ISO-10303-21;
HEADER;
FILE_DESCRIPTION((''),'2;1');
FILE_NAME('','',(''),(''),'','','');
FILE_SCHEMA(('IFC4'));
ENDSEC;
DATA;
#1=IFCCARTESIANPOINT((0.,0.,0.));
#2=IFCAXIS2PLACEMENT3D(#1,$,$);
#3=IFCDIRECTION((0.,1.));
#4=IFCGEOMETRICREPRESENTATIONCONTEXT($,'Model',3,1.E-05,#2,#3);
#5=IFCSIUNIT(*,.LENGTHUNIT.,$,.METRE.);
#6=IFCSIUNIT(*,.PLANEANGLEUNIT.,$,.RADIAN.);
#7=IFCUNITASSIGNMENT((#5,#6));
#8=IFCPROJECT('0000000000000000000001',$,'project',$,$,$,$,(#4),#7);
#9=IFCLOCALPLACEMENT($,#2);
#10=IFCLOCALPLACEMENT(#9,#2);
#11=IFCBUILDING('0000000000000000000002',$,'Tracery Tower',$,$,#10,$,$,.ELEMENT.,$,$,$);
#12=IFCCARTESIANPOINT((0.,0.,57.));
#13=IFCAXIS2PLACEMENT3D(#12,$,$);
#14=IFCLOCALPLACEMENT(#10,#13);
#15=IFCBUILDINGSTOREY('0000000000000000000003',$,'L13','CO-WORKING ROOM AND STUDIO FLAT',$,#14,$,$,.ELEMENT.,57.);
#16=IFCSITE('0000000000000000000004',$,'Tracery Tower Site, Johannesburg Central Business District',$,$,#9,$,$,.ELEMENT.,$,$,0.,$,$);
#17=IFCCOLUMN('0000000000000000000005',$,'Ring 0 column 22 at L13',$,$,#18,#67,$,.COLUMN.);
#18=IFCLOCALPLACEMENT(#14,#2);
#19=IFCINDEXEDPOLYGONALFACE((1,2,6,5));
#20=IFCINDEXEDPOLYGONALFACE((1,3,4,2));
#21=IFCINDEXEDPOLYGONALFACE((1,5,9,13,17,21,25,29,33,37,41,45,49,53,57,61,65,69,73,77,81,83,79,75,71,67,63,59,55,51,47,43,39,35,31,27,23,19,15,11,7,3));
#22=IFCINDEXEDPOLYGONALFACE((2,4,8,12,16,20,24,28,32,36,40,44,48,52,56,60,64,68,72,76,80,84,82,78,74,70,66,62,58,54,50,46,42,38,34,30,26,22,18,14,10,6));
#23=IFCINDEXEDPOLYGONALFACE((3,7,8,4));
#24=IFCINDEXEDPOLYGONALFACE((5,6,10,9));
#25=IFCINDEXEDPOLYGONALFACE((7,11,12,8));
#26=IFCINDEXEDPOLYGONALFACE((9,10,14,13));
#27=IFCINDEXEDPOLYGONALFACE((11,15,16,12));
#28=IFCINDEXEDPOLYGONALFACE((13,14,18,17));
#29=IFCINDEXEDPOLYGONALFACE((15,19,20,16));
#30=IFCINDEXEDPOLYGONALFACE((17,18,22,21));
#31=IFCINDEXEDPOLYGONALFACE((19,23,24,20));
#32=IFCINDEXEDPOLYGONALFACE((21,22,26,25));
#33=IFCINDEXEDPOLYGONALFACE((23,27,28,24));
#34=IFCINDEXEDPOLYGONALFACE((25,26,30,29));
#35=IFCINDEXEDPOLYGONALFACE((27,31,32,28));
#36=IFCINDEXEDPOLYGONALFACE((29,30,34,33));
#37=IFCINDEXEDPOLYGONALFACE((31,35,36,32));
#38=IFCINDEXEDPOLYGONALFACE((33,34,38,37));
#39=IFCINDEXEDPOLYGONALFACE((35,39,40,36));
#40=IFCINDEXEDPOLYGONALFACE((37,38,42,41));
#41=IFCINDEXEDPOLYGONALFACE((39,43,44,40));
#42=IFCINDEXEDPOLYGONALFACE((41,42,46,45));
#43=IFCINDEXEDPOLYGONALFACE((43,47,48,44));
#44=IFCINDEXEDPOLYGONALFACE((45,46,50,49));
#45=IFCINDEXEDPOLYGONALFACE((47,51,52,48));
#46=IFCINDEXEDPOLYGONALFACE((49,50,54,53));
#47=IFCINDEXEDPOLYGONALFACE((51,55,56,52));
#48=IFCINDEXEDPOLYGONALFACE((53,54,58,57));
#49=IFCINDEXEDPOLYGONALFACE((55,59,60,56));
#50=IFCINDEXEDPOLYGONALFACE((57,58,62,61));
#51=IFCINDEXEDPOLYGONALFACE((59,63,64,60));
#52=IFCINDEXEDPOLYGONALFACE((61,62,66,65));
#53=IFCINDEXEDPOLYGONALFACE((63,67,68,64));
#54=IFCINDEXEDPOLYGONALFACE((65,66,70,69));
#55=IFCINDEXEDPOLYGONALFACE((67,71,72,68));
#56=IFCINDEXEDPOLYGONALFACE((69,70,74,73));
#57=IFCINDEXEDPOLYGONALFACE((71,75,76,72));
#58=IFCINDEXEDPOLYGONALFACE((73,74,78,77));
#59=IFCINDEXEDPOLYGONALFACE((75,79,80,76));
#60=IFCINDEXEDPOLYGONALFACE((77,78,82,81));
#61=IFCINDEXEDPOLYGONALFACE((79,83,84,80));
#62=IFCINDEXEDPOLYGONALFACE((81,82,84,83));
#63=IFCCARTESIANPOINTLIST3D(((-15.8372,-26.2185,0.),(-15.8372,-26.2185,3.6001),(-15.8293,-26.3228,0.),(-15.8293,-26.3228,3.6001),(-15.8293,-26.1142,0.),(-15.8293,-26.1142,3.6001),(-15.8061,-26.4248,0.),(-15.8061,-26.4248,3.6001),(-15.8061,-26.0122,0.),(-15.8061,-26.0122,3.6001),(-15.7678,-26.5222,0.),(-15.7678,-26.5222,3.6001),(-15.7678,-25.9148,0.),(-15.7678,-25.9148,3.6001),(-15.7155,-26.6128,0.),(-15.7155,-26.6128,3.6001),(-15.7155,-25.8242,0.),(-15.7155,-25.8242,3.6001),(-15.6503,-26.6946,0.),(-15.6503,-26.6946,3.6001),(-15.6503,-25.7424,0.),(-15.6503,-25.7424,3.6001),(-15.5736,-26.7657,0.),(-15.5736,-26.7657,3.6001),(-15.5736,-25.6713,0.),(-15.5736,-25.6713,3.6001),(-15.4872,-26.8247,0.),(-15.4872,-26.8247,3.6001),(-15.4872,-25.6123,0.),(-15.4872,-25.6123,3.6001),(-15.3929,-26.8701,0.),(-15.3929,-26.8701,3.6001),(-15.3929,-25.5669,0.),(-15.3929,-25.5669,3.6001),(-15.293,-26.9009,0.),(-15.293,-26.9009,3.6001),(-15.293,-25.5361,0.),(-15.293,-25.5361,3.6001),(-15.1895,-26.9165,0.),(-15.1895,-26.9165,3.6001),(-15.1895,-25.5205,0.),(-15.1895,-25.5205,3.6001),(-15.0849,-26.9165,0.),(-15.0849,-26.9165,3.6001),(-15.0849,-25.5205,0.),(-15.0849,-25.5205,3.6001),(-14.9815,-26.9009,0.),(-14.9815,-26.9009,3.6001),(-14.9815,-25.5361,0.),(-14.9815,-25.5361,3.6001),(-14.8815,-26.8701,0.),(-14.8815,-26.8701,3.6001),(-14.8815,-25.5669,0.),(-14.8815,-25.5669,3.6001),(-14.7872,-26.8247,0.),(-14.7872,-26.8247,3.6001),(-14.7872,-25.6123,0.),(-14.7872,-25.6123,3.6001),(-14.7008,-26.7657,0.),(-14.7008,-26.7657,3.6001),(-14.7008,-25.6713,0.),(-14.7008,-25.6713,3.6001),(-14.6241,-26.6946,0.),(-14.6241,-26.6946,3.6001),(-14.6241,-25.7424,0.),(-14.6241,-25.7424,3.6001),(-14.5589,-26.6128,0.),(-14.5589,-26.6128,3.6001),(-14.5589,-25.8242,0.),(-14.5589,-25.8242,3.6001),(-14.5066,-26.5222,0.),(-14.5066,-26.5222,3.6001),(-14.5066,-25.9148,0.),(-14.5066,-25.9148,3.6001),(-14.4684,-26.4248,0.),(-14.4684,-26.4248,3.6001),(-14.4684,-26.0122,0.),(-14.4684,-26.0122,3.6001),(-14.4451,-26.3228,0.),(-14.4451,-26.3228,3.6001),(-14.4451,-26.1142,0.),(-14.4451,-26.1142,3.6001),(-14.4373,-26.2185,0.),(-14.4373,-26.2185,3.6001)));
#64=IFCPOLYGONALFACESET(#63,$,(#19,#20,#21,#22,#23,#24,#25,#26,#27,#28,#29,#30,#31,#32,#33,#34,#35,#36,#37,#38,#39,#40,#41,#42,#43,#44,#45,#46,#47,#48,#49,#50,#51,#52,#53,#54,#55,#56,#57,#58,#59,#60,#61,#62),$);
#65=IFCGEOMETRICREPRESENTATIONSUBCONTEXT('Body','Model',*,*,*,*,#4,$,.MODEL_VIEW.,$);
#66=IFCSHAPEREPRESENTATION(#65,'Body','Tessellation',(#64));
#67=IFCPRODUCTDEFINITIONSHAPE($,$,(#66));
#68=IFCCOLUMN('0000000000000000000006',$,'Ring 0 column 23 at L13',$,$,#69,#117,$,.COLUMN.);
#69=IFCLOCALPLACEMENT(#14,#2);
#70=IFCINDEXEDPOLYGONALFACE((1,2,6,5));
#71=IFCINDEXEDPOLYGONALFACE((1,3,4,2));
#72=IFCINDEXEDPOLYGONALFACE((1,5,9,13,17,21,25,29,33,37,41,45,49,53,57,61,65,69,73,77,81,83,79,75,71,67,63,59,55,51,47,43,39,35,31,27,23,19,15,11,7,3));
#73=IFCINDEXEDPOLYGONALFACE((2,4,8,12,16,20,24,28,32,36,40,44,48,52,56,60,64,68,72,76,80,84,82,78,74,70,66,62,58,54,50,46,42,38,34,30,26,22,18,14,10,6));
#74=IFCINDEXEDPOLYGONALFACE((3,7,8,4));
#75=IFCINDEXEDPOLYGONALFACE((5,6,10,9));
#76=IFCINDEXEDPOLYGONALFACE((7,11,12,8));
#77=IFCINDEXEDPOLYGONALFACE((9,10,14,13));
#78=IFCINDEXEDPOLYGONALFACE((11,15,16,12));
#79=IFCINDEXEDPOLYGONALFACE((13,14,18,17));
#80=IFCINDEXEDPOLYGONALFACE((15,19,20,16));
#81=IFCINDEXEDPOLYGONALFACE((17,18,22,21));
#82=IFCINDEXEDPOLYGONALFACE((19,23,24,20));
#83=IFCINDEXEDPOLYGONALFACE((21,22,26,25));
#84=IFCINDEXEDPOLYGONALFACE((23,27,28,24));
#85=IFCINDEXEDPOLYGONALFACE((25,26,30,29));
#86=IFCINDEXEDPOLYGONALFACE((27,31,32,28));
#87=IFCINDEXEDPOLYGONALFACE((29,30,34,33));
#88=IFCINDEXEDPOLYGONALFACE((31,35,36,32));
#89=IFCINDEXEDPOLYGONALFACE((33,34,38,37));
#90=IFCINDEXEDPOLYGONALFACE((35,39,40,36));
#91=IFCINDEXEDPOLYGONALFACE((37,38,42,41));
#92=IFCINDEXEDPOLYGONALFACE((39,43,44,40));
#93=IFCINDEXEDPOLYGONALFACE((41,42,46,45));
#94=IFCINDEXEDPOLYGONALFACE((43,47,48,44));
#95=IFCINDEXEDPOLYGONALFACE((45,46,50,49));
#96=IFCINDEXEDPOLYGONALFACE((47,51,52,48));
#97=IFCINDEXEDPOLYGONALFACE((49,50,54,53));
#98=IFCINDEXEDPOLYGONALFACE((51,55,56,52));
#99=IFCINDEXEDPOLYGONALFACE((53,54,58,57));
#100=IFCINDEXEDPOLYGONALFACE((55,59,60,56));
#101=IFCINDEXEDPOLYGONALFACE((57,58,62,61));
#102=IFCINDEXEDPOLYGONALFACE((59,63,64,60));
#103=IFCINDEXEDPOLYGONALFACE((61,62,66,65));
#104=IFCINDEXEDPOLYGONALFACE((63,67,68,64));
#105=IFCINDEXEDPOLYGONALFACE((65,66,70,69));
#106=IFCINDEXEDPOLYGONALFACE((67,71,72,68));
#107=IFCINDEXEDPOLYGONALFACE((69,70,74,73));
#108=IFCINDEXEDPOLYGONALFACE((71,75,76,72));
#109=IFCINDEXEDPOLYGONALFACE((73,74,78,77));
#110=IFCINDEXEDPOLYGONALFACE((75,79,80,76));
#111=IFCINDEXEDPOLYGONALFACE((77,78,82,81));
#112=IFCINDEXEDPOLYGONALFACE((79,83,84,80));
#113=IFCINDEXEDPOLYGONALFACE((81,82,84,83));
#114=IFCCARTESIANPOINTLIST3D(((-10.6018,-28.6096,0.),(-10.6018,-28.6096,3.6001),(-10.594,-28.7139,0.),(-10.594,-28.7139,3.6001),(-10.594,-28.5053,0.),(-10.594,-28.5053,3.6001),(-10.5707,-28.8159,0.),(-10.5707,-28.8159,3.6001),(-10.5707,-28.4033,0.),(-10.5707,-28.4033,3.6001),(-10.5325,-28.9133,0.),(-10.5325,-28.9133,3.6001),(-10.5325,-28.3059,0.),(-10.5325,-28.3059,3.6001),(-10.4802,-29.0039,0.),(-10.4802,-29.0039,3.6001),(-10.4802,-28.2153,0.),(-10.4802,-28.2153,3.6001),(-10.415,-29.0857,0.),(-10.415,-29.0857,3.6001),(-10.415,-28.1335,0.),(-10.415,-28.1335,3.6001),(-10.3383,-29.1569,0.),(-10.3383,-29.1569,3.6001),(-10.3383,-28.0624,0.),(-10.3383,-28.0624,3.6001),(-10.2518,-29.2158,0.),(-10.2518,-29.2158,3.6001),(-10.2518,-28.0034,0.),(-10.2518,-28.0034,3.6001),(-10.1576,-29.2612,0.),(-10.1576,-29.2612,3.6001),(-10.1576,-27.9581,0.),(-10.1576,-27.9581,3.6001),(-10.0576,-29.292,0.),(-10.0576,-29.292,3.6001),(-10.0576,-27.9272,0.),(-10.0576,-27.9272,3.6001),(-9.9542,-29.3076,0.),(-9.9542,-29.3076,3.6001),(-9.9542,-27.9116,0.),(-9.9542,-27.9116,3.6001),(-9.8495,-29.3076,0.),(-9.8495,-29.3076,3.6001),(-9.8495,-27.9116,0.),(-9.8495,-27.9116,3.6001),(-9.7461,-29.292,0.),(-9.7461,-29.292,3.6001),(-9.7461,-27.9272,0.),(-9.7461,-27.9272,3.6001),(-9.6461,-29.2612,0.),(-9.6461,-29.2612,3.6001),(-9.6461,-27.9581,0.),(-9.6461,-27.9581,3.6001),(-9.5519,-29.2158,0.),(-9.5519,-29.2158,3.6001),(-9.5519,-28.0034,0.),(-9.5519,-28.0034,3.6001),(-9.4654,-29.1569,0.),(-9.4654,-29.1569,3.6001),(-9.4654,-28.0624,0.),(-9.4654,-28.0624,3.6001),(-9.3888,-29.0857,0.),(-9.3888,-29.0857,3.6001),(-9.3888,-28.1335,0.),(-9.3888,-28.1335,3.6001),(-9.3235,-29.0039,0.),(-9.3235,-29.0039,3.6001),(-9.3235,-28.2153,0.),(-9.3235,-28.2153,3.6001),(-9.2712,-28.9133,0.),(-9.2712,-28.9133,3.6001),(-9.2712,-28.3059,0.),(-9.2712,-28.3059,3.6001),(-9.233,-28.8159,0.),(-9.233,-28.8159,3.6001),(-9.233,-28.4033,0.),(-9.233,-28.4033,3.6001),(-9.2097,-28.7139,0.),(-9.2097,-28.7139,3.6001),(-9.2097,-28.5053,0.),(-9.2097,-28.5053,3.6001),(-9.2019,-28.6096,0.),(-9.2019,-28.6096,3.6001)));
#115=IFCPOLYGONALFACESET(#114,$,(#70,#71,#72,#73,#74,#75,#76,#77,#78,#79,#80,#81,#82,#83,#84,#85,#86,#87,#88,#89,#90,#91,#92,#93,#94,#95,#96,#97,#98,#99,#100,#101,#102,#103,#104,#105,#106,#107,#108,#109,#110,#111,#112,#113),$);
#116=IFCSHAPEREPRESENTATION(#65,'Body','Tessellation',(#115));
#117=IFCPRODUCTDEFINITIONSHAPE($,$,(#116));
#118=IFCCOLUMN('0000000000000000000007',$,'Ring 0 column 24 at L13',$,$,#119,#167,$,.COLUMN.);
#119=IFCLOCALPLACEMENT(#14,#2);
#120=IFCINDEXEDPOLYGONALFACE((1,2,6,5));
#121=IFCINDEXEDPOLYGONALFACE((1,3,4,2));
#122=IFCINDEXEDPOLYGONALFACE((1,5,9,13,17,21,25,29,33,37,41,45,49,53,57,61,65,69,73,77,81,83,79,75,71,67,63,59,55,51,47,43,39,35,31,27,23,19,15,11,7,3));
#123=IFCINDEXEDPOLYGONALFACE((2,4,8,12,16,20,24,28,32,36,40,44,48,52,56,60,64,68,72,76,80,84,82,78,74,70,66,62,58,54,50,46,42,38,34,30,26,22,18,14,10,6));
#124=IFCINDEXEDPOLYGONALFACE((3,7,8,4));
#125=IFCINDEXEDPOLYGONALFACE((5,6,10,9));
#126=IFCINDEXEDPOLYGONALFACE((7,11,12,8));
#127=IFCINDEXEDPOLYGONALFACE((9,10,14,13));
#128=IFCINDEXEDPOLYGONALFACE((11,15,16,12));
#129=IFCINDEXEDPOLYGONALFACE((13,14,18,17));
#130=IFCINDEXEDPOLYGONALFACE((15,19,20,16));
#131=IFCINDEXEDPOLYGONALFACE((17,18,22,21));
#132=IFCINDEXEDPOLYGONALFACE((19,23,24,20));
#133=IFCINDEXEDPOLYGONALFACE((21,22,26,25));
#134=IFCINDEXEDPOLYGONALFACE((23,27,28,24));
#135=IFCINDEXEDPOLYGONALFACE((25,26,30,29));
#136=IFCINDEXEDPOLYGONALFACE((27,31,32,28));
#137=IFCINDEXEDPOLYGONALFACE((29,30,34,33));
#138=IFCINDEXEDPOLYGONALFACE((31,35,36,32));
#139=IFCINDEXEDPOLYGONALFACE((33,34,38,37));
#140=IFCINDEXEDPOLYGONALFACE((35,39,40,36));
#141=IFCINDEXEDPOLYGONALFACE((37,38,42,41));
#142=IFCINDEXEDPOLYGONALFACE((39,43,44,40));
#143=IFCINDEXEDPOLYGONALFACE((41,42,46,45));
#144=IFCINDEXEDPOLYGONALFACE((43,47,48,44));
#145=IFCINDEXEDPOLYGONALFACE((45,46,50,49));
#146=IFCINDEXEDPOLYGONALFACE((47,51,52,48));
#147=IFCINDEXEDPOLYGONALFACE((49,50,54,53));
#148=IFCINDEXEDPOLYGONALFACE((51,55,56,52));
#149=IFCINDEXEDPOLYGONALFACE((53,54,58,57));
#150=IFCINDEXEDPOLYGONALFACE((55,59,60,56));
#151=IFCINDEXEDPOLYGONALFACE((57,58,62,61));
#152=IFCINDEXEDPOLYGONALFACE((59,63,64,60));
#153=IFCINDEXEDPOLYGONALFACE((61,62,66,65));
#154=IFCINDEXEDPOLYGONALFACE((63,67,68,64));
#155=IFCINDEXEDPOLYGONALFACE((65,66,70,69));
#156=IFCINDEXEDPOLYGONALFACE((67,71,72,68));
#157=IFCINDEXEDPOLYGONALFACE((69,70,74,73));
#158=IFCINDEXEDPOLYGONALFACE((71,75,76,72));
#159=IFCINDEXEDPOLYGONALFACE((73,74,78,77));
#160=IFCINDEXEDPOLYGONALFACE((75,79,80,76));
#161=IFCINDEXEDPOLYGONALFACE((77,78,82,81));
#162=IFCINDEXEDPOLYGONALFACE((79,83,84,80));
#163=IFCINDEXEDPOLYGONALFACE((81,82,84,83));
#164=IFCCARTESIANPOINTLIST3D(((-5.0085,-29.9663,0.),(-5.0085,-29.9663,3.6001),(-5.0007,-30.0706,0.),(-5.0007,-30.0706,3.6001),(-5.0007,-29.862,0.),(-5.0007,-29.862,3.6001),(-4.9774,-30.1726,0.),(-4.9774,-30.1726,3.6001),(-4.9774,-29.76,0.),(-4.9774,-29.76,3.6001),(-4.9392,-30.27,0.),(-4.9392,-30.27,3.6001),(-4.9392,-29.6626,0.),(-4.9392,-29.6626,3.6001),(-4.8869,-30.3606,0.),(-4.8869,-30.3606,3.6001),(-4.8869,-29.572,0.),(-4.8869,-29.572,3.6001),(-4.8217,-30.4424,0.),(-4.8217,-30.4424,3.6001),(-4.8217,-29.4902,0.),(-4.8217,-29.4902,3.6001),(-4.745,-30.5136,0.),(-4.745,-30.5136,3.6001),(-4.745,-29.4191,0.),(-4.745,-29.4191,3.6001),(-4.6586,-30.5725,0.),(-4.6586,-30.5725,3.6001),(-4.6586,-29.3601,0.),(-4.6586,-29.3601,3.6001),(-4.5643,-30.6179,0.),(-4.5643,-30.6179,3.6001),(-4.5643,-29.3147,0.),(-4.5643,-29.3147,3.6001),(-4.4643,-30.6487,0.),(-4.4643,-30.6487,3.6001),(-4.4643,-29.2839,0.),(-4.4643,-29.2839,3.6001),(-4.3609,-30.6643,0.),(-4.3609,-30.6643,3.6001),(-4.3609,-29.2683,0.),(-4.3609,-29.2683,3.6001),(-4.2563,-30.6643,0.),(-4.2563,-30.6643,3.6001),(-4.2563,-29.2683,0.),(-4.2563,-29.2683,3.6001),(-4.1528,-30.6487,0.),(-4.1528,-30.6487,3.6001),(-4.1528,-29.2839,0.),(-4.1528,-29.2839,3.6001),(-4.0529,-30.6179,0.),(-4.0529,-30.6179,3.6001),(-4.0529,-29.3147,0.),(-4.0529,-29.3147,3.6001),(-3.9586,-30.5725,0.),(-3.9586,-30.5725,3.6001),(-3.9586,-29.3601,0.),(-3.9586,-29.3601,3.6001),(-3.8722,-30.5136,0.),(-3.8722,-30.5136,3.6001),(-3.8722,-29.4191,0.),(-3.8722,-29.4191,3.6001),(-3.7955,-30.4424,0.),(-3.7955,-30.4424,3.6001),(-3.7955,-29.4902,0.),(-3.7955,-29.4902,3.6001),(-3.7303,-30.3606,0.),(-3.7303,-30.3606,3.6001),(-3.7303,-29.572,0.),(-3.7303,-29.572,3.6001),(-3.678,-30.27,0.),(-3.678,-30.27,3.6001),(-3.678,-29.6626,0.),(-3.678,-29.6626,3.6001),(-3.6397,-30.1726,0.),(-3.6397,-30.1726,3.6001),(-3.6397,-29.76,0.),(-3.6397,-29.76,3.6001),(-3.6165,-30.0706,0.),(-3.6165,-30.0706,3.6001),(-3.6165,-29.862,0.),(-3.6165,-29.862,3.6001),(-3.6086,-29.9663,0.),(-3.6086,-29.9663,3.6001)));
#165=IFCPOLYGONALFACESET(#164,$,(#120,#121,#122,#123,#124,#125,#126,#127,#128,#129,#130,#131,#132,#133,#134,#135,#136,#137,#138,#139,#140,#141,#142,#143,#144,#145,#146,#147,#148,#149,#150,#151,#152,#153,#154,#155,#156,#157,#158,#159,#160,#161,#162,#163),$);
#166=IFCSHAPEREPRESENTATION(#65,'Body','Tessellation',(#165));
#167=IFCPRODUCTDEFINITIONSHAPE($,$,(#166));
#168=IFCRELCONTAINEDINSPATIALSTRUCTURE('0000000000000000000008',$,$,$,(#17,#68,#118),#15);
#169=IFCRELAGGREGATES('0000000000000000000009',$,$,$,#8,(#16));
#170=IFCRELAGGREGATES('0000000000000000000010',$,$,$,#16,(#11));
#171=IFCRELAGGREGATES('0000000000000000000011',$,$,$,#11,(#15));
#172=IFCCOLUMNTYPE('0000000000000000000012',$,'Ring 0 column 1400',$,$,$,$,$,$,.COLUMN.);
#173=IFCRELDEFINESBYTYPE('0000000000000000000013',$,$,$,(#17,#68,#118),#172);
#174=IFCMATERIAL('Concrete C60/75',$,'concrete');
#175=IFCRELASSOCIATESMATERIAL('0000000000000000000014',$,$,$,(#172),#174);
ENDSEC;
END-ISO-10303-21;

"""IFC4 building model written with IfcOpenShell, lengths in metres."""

from ifc_helpers import new_model, si_unit, direction, frame, origin, origin_2d, place, context, subcontext, project, spatial, circle, extrude, material, material_profile, profile_set, type_object, element, save


model = new_model("IFC4")

# Units and contexts
model_context = context("Model", 3, precision=1e-05, world=origin(), true_north=direction((0.0, 1.0)))
body_context = subcontext(model_context, "Body", "Model", "MODEL_VIEW")
ifc_project = project(units=[si_unit("LENGTHUNIT", "METRE"), si_unit("PLANEANGLEUNIT", "RADIAN")], contexts=[model_context])

# Site, building, storey
site_placement = place(None, origin())
site = spatial("IfcSite", under=ifc_project, at=site_placement, Name="Tracery Tower Site, Johannesburg Central Business District", CompositionType="ELEMENT", RefElevation=0.0)
building_placement = place(site_placement, origin())
building = spatial("IfcBuilding", under=site, at=building_placement, Name="Tracery Tower", CompositionType="ELEMENT")
storey_placement = place(building_placement, frame((0.0, 0.0, 57.0)))
storey = spatial("IfcBuildingStorey", under=building, at=storey_placement, Name="L13", Description="CO-WORKING ROOM AND STUDIO FLAT", CompositionType="ELEMENT", Elevation=57.0)

# Columns
ifc_material_1 = material(Name="Concrete C60/75", Category="concrete")
ifc_material_profile_1 = material_profile(ifc_material_1, circle(Radius=0.7, at=origin_2d()), Name="RC D1400")
ifc_profile_set_1 = profile_set([ifc_material_profile_1], Name="Concrete C60/75")
column_type_1 = type_object("IfcColumnType", Name="Ring 0 column 1400", PredefinedType="COLUMN", material=ifc_profile_set_1)
for number, where, z_axis, x_axis, name in (
    (1, (-15.1372, -26.2185, 0.0), (0.0, 0.0, 1.0), (1.0, 0.0, 0.0), "Ring 0 column 22 at L13"),
    (2, (-9.9019, -28.6096, 0.0), (0.0, 0.0, 1.0), (1.0, 0.0, 0.0), "Ring 0 column 23 at L13"),
    (3, (-4.3086, -29.9663, 0.0), (0.0, 0.0, 1.0), (1.0, 0.0, 0.0), "Ring 0 column 24 at L13"),
):
    element("IfcColumn", number, at=place(storey_placement, frame(where, z_axis=z_axis, x_axis=x_axis)), inside=storey, type_object=column_type_1, Name=name, PredefinedType="COLUMN", context=body_context, shape_type="SweptSolid", body=[
        extrude(circle(Radius=0.7, at=origin_2d()), origin(), (0.0, 0.0, 1.0), 3.6001),
    ])

save(model, "model.ifc")
